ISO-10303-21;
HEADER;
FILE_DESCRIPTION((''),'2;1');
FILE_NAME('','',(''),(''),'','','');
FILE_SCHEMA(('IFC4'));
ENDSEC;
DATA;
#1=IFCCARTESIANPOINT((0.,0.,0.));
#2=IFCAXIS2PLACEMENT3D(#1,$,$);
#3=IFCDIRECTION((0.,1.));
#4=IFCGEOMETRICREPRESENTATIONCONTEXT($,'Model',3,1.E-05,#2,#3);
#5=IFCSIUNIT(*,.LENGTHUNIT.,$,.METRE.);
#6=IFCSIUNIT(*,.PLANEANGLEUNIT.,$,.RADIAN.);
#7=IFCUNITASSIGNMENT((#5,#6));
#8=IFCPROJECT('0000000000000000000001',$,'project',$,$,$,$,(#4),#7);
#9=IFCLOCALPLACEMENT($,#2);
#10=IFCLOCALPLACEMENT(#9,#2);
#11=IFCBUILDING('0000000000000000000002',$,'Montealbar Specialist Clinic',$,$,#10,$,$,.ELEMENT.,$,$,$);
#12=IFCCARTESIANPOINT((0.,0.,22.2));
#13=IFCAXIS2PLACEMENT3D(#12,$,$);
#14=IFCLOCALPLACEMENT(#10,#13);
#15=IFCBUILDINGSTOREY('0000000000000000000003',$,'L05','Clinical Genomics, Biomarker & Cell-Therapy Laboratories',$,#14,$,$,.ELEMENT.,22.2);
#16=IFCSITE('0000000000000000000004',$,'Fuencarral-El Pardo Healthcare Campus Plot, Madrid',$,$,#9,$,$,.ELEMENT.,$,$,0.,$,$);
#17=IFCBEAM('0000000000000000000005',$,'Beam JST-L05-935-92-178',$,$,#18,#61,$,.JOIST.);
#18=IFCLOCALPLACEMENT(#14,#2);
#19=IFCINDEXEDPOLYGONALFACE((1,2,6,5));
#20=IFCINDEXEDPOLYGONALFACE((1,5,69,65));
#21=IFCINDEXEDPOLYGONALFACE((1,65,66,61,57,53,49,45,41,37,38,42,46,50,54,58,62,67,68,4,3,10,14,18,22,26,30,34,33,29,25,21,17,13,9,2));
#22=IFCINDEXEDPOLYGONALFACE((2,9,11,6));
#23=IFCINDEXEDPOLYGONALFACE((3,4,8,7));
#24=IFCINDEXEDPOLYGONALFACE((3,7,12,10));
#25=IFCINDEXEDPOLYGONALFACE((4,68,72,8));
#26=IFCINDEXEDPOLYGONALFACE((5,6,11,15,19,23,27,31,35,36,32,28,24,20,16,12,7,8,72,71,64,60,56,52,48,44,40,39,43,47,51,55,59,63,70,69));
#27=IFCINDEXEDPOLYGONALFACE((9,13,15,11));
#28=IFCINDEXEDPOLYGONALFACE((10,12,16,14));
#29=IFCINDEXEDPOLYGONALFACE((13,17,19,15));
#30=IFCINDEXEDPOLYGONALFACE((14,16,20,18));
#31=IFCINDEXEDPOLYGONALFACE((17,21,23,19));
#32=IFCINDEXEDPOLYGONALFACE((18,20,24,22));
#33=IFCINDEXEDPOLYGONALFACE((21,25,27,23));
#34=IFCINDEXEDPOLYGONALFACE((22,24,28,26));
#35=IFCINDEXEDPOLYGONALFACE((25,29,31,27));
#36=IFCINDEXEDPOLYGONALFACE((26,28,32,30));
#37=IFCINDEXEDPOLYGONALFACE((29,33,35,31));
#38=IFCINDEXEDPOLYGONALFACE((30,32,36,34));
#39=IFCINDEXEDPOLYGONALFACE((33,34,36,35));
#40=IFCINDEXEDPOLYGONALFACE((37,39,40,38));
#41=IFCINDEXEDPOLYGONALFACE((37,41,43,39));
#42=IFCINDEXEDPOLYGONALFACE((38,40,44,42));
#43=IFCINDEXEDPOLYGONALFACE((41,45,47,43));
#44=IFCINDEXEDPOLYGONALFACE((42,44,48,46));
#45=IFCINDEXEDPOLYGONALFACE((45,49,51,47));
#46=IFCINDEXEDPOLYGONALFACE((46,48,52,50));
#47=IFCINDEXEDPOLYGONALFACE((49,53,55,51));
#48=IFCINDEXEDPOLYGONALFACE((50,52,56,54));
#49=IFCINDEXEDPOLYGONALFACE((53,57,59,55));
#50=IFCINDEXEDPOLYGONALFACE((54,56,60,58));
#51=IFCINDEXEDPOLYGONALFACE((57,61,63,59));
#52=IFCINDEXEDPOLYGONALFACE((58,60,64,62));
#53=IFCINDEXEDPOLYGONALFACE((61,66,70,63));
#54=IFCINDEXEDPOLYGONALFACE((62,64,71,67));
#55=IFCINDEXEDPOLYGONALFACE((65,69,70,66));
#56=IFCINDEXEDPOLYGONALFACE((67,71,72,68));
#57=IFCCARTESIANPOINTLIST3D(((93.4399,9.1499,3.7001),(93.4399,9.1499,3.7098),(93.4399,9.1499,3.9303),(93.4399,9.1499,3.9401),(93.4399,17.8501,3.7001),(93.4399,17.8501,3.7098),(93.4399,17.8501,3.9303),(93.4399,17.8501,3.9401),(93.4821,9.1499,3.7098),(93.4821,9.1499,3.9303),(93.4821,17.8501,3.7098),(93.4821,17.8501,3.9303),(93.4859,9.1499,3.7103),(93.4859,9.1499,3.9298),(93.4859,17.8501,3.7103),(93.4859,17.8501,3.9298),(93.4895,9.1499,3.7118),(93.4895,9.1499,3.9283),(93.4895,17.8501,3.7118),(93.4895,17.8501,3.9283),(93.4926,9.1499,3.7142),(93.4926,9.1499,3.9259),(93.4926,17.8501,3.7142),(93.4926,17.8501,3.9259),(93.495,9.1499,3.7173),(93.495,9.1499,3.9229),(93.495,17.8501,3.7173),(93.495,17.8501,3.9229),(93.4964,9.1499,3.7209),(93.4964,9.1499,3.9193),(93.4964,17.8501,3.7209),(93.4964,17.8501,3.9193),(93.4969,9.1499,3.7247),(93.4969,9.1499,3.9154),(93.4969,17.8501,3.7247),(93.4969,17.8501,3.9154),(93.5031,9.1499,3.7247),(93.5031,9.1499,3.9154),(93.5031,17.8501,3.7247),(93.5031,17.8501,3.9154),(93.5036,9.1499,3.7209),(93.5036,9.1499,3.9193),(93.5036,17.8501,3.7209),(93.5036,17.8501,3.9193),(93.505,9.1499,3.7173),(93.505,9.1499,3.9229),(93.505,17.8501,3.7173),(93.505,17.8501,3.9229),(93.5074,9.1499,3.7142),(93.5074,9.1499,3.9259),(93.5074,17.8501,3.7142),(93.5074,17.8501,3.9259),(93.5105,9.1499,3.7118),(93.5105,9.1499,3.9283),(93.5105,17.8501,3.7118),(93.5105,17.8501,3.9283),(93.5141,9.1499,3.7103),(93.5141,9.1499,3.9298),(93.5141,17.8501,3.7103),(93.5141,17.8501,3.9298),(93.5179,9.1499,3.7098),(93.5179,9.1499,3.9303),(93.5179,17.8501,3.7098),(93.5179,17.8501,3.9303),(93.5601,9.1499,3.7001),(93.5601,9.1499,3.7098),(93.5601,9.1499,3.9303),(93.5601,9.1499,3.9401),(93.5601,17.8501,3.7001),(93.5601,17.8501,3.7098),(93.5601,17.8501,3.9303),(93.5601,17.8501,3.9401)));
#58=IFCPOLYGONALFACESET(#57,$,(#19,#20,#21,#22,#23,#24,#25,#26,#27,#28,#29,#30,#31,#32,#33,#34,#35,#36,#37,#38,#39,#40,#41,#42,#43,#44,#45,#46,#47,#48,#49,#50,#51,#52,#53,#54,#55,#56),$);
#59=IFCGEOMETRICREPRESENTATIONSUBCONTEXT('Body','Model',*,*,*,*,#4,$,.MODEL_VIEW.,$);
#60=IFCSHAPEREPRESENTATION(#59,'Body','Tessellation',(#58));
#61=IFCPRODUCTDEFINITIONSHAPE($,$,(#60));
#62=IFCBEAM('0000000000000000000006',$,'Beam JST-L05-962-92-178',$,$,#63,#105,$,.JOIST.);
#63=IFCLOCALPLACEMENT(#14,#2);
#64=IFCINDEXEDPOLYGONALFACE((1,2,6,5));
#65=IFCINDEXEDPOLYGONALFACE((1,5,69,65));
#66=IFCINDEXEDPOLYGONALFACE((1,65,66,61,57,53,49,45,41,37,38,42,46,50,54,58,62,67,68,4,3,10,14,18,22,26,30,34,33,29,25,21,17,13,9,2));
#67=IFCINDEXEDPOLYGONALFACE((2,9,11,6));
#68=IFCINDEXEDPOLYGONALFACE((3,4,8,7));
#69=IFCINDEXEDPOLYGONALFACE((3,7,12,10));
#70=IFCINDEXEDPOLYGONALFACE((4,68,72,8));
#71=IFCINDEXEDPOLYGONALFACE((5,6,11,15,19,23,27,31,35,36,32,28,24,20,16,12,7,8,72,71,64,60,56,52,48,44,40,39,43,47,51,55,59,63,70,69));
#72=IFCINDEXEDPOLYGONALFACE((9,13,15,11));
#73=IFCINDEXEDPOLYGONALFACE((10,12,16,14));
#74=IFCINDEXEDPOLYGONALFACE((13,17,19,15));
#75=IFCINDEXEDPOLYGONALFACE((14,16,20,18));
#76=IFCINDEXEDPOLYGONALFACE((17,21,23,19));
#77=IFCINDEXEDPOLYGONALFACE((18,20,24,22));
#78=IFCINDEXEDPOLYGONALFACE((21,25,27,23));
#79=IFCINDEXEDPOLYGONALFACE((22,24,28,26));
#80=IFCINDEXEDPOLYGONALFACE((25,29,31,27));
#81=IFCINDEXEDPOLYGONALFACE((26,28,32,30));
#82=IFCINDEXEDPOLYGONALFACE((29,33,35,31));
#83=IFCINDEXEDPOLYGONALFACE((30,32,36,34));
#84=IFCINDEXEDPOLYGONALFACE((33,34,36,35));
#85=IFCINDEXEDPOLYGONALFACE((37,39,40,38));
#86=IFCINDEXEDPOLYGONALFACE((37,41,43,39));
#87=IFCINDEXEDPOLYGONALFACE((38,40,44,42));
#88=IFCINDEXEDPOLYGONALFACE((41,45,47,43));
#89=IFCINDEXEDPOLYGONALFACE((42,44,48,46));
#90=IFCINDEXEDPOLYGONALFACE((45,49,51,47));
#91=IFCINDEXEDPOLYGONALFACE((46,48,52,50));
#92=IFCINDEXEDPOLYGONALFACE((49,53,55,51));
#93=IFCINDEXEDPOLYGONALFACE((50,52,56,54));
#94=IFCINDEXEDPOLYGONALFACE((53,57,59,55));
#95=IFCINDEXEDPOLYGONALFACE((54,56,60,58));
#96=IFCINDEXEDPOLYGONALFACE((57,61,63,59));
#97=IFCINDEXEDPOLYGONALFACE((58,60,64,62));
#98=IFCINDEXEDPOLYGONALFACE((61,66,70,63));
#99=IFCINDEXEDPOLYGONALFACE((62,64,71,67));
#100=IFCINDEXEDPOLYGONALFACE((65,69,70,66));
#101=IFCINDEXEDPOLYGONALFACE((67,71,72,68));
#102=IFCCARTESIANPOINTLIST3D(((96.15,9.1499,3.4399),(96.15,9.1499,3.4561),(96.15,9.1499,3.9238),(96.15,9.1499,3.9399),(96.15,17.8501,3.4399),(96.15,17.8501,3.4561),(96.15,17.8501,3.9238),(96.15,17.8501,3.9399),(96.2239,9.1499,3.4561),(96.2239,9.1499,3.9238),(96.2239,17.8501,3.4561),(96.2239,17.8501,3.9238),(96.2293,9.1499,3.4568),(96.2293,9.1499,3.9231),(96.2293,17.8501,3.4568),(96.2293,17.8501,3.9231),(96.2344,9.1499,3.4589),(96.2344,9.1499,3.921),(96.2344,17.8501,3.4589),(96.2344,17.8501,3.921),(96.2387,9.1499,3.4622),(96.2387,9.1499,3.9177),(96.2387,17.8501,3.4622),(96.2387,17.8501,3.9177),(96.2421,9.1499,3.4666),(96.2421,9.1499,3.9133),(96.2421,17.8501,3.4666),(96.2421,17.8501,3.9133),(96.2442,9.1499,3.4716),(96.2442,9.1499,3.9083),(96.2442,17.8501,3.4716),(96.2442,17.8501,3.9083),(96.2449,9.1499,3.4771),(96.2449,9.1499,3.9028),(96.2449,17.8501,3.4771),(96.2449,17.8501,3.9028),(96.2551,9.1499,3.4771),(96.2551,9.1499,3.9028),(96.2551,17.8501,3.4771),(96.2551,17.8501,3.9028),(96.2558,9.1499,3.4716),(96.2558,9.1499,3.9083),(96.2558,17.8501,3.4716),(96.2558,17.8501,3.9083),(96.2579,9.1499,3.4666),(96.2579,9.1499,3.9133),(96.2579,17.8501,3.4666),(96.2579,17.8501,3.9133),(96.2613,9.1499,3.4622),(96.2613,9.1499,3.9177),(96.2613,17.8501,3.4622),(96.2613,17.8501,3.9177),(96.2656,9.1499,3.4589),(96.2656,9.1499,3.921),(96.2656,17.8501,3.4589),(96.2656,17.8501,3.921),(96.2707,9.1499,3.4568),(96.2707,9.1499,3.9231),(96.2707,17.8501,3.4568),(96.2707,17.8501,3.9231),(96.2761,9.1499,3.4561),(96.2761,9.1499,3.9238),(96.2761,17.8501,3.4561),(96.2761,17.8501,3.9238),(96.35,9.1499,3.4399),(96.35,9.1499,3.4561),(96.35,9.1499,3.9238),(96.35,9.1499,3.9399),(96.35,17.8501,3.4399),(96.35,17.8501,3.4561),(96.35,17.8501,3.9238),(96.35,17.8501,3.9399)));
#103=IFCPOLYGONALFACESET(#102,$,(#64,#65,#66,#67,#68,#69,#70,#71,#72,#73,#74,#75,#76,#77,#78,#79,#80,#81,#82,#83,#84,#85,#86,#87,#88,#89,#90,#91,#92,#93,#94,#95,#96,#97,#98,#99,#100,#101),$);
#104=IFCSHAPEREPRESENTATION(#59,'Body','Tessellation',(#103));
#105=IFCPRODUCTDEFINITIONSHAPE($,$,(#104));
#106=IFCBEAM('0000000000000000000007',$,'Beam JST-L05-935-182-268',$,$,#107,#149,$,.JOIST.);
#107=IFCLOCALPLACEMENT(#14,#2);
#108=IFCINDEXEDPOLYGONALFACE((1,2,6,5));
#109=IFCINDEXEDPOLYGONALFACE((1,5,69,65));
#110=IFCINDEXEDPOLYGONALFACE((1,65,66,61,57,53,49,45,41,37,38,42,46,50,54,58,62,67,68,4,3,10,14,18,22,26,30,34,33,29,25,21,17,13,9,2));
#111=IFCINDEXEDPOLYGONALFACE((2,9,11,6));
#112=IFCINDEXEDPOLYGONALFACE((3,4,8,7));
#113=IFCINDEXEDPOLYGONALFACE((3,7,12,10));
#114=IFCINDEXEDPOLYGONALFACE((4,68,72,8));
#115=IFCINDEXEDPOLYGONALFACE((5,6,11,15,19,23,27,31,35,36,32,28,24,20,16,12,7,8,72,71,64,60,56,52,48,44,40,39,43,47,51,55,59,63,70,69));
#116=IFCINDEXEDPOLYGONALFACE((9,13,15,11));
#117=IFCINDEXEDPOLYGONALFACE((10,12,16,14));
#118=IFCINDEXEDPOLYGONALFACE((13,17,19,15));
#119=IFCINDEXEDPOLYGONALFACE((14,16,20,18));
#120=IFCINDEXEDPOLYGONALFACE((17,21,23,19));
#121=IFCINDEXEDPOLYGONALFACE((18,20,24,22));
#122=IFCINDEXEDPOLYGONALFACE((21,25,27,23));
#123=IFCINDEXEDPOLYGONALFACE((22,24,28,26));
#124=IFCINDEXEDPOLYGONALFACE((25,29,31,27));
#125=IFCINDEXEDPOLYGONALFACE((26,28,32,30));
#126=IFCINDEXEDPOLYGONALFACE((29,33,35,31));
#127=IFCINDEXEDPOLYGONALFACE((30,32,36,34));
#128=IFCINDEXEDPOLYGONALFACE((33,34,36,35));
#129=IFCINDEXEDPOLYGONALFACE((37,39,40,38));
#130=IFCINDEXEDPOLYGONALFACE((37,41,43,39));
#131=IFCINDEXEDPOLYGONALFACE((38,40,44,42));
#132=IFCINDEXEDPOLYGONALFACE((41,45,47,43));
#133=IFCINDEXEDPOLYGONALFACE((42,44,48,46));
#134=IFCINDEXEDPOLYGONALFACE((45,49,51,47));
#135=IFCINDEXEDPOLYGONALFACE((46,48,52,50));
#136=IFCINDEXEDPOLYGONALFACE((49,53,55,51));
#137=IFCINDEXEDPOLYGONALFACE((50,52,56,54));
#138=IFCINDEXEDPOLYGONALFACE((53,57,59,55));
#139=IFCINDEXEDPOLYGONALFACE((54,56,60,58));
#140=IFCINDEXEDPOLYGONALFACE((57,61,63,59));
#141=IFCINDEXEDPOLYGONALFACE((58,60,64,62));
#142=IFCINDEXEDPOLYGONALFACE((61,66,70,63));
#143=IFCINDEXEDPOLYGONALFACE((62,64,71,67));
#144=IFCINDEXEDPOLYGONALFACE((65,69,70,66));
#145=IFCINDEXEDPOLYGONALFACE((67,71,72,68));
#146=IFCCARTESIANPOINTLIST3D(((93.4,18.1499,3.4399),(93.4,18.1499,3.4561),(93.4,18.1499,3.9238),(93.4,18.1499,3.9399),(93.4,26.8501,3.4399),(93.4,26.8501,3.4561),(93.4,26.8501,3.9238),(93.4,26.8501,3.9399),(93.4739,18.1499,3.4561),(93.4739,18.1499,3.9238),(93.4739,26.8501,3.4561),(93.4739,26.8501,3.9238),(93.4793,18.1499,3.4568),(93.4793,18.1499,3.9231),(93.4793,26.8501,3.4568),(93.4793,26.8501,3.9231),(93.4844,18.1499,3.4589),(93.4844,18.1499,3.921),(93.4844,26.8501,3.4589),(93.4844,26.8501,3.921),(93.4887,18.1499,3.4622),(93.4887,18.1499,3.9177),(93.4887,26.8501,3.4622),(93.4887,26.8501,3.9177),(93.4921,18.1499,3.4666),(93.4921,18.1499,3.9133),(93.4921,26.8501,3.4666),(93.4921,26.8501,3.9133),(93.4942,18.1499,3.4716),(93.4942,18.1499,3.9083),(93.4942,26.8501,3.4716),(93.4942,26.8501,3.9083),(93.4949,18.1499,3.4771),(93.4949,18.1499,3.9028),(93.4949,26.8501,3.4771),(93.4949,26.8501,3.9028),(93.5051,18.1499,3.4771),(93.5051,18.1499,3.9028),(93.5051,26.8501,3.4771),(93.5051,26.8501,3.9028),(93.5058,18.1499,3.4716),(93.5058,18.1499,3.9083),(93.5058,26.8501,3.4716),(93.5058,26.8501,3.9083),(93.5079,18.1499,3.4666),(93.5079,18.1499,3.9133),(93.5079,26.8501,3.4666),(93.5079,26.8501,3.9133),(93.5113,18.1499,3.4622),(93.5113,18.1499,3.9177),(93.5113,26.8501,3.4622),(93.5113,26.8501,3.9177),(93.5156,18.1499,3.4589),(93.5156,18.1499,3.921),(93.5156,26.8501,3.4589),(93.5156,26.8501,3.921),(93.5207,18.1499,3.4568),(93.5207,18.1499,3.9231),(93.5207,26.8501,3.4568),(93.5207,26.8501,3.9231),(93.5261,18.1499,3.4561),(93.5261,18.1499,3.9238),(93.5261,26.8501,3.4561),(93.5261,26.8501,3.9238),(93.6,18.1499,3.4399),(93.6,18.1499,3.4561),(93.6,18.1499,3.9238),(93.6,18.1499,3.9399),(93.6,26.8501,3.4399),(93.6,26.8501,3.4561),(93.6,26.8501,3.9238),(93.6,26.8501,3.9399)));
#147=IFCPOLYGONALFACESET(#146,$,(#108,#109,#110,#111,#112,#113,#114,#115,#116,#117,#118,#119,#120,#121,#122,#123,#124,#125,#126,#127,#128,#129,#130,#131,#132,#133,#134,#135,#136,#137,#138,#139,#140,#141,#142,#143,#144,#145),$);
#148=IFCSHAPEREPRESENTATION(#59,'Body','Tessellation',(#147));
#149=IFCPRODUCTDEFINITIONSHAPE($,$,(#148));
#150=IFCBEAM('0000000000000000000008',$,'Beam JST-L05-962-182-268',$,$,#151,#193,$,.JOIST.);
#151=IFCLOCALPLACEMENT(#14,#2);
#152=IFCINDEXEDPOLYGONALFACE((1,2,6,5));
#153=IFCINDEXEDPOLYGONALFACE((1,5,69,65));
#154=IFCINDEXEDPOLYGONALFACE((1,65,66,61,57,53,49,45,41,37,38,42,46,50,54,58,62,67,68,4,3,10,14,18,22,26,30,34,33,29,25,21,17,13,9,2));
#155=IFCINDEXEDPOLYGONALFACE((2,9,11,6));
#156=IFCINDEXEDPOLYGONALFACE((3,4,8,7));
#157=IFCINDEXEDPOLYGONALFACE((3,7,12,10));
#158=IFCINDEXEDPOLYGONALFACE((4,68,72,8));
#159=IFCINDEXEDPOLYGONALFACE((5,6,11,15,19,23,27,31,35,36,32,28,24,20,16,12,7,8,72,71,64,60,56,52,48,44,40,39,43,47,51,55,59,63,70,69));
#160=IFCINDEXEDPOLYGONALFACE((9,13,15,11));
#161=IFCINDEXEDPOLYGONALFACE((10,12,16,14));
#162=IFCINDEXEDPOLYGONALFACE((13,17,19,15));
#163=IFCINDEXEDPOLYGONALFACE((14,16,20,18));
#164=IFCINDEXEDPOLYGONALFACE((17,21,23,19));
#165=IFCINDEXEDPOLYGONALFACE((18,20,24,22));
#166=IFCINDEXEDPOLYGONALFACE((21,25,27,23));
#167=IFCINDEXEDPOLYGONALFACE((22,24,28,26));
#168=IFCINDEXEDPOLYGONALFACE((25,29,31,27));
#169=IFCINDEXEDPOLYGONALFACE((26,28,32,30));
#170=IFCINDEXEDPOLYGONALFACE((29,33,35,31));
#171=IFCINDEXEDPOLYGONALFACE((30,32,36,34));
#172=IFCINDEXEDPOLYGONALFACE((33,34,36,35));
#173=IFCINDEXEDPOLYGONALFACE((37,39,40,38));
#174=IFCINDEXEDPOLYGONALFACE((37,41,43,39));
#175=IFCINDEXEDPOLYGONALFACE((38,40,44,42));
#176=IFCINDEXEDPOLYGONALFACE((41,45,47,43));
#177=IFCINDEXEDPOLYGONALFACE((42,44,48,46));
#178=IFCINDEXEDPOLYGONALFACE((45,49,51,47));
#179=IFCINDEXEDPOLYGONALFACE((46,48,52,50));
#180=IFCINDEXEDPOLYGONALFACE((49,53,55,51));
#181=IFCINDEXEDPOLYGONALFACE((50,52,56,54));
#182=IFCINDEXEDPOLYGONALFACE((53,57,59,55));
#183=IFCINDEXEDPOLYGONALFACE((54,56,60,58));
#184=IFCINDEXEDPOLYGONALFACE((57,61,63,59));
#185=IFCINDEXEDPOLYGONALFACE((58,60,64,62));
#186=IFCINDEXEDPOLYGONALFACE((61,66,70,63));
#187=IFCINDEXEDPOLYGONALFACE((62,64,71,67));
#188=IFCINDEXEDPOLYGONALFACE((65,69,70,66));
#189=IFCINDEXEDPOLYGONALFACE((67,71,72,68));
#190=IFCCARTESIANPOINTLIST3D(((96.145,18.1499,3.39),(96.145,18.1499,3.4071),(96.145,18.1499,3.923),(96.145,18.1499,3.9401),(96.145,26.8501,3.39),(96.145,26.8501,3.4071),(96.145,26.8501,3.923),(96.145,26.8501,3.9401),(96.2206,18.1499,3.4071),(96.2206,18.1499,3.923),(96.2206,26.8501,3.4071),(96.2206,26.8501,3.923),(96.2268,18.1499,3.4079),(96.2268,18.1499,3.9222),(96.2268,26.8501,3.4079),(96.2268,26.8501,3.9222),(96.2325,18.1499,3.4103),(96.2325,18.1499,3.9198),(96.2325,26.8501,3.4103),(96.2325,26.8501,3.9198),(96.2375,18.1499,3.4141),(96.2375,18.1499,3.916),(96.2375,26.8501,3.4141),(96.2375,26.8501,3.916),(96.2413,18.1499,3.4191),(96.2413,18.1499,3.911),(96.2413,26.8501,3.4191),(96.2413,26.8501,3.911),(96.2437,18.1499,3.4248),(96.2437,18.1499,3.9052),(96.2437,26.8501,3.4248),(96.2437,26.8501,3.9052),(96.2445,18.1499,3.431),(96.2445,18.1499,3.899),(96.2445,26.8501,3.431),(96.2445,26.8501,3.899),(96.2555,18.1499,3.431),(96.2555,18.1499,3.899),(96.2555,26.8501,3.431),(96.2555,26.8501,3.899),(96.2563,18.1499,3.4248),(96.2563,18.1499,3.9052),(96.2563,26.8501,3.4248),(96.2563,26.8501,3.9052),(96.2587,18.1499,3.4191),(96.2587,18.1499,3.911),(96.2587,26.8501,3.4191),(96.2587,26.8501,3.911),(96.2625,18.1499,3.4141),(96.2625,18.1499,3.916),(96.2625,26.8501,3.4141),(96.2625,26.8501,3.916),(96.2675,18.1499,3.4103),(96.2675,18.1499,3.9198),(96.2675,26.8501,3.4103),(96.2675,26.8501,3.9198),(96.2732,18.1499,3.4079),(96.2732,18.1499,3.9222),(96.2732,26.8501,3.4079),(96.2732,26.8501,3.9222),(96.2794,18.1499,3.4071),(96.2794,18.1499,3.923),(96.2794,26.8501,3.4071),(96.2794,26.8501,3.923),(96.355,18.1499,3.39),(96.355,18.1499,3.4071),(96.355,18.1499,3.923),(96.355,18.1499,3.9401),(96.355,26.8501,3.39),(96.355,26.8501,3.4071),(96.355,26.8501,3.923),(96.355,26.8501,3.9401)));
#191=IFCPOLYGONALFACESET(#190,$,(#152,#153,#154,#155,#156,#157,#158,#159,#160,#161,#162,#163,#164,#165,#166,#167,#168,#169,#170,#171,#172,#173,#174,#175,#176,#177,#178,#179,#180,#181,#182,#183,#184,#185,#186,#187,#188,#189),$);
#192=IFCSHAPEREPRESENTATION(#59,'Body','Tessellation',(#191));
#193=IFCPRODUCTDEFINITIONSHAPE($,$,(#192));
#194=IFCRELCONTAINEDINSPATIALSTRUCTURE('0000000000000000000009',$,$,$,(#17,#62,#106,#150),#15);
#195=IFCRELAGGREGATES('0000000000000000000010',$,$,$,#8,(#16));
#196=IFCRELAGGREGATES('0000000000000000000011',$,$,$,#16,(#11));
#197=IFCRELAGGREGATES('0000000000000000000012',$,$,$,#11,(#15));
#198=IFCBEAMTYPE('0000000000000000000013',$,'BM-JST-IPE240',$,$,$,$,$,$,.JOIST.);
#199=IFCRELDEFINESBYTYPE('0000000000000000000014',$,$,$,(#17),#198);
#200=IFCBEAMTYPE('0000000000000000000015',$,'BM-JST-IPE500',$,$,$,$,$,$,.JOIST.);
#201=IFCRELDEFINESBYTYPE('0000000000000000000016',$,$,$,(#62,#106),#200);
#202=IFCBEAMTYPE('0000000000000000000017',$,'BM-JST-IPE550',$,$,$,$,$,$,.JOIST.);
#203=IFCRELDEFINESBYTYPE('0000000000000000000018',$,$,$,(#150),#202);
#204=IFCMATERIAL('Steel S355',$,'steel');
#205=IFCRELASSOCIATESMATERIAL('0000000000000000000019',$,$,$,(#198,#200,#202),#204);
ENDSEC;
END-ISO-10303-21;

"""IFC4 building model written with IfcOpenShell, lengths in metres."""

from ifc_helpers import new_model, si_unit, direction, frame, origin, origin_2d, place, context, subcontext, project, spatial, i_section, extrude, material, material_profile, profile_set, type_object, element, save


model = new_model("IFC4")

# Units and contexts
model_context = context("Model", 3, precision=1e-05, world=origin(), true_north=direction((0.0, 1.0)))
body_context = subcontext(model_context, "Body", "Model", "MODEL_VIEW")
ifc_project = project(units=[si_unit("LENGTHUNIT", "METRE"), si_unit("PLANEANGLEUNIT", "RADIAN")], contexts=[model_context])

# Site, building, storey
site_placement = place(None, origin())
site = spatial("IfcSite", under=ifc_project, at=site_placement, Name="Fuencarral-El Pardo Healthcare Campus Plot, Madrid", CompositionType="ELEMENT", RefElevation=0.0)
building_placement = place(site_placement, origin())
building = spatial("IfcBuilding", under=site, at=building_placement, Name="Montealbar Specialist Clinic", CompositionType="ELEMENT")
storey_placement = place(building_placement, frame((0.0, 0.0, 22.2)))
storey = spatial("IfcBuildingStorey", under=building, at=storey_placement, Name="L05", Description="Clinical Genomics, Biomarker & Cell-Therapy Laboratories", CompositionType="ELEMENT", Elevation=22.2)

# Shared definitions
ifc_material_1 = material(Name="Steel S355", Category="steel")

# Beams
ifc_material_profile_1 = material_profile(ifc_material_1, i_section(OverallWidth=0.1201, OverallDepth=0.24, WebThickness=0.0061, FlangeThickness=0.0098, FilletRadius=0.0149, at=origin_2d()), Name="IPE 240", Category="steel")
ifc_profile_set_1 = profile_set([ifc_material_profile_1], Name="Steel S355")
beam_type_1 = type_object("IfcBeamType", Name="BM-JST-IPE240", PredefinedType="JOIST", material=ifc_profile_set_1)
beam_1_placement = place(storey_placement, frame((93.5, 9.1499, 3.8201), z_axis=(0.0, 1.0, 0.0), x_axis=(-1.0, 0.0, 0.0)))
element("IfcBeam", 1, at=beam_1_placement, inside=storey, type_object=beam_type_1, Name="Beam JST-L05-935-92-178", PredefinedType="JOIST", context=body_context, shape_type="SweptSolid", body=[
    extrude(i_section(OverallWidth=0.1201, OverallDepth=0.24, WebThickness=0.0061, FlangeThickness=0.0098, FilletRadius=0.0149, at=origin_2d()), origin(), (0.0, 0.0, 1.0), 8.7002),
])
ifc_material_profile_2 = material_profile(ifc_material_1, i_section(OverallWidth=0.2, OverallDepth=0.5, WebThickness=0.0103, FlangeThickness=0.0161, FilletRadius=0.021, at=origin_2d()), Name="IPE 500", Category="steel")
ifc_profile_set_2 = profile_set([ifc_material_profile_2], Name="Steel S355")
beam_type_2 = type_object("IfcBeamType", Name="BM-JST-IPE500", PredefinedType="JOIST", material=ifc_profile_set_2)
for number, where, z_axis, x_axis, name in (
    (2, (96.25, 9.1499, 3.6899), (0.0, 1.0, 0.0), (-1.0, 0.0, 0.0), "Beam JST-L05-962-92-178"),
    (3, (93.5, 18.1499, 3.6899), (0.0, 1.0, 0.0), (-1.0, 0.0, 0.0), "Beam JST-L05-935-182-268"),
):
    element("IfcBeam", number, at=place(storey_placement, frame(where, z_axis=z_axis, x_axis=x_axis)), inside=storey, type_object=beam_type_2, Name=name, PredefinedType="JOIST", context=body_context, shape_type="SweptSolid", body=[
        extrude(i_section(OverallWidth=0.2, OverallDepth=0.5, WebThickness=0.0103, FlangeThickness=0.0161, FilletRadius=0.021, at=origin_2d()), origin(), (0.0, 0.0, 1.0), 8.7002),
    ])
ifc_material_profile_3 = material_profile(ifc_material_1, i_section(OverallWidth=0.21, OverallDepth=0.55, WebThickness=0.011, FlangeThickness=0.0171, FilletRadius=0.0239, at=origin_2d()), Name="IPE 550", Category="steel")
ifc_profile_set_3 = profile_set([ifc_material_profile_3], Name="Steel S355")
beam_type_3 = type_object("IfcBeamType", Name="BM-JST-IPE550", PredefinedType="JOIST", material=ifc_profile_set_3)
beam_2_placement = place(storey_placement, frame((96.25, 18.1499, 3.665), z_axis=(0.0, 1.0, 0.0), x_axis=(-1.0, 0.0, 0.0)))
element("IfcBeam", 4, at=beam_2_placement, inside=storey, type_object=beam_type_3, Name="Beam JST-L05-962-182-268", PredefinedType="JOIST", context=body_context, shape_type="SweptSolid", body=[
    extrude(i_section(OverallWidth=0.21, OverallDepth=0.55, WebThickness=0.011, FlangeThickness=0.0171, FilletRadius=0.0239, at=origin_2d()), origin(), (0.0, 0.0, 1.0), 8.7002),
])

save(model, "model.ifc")
